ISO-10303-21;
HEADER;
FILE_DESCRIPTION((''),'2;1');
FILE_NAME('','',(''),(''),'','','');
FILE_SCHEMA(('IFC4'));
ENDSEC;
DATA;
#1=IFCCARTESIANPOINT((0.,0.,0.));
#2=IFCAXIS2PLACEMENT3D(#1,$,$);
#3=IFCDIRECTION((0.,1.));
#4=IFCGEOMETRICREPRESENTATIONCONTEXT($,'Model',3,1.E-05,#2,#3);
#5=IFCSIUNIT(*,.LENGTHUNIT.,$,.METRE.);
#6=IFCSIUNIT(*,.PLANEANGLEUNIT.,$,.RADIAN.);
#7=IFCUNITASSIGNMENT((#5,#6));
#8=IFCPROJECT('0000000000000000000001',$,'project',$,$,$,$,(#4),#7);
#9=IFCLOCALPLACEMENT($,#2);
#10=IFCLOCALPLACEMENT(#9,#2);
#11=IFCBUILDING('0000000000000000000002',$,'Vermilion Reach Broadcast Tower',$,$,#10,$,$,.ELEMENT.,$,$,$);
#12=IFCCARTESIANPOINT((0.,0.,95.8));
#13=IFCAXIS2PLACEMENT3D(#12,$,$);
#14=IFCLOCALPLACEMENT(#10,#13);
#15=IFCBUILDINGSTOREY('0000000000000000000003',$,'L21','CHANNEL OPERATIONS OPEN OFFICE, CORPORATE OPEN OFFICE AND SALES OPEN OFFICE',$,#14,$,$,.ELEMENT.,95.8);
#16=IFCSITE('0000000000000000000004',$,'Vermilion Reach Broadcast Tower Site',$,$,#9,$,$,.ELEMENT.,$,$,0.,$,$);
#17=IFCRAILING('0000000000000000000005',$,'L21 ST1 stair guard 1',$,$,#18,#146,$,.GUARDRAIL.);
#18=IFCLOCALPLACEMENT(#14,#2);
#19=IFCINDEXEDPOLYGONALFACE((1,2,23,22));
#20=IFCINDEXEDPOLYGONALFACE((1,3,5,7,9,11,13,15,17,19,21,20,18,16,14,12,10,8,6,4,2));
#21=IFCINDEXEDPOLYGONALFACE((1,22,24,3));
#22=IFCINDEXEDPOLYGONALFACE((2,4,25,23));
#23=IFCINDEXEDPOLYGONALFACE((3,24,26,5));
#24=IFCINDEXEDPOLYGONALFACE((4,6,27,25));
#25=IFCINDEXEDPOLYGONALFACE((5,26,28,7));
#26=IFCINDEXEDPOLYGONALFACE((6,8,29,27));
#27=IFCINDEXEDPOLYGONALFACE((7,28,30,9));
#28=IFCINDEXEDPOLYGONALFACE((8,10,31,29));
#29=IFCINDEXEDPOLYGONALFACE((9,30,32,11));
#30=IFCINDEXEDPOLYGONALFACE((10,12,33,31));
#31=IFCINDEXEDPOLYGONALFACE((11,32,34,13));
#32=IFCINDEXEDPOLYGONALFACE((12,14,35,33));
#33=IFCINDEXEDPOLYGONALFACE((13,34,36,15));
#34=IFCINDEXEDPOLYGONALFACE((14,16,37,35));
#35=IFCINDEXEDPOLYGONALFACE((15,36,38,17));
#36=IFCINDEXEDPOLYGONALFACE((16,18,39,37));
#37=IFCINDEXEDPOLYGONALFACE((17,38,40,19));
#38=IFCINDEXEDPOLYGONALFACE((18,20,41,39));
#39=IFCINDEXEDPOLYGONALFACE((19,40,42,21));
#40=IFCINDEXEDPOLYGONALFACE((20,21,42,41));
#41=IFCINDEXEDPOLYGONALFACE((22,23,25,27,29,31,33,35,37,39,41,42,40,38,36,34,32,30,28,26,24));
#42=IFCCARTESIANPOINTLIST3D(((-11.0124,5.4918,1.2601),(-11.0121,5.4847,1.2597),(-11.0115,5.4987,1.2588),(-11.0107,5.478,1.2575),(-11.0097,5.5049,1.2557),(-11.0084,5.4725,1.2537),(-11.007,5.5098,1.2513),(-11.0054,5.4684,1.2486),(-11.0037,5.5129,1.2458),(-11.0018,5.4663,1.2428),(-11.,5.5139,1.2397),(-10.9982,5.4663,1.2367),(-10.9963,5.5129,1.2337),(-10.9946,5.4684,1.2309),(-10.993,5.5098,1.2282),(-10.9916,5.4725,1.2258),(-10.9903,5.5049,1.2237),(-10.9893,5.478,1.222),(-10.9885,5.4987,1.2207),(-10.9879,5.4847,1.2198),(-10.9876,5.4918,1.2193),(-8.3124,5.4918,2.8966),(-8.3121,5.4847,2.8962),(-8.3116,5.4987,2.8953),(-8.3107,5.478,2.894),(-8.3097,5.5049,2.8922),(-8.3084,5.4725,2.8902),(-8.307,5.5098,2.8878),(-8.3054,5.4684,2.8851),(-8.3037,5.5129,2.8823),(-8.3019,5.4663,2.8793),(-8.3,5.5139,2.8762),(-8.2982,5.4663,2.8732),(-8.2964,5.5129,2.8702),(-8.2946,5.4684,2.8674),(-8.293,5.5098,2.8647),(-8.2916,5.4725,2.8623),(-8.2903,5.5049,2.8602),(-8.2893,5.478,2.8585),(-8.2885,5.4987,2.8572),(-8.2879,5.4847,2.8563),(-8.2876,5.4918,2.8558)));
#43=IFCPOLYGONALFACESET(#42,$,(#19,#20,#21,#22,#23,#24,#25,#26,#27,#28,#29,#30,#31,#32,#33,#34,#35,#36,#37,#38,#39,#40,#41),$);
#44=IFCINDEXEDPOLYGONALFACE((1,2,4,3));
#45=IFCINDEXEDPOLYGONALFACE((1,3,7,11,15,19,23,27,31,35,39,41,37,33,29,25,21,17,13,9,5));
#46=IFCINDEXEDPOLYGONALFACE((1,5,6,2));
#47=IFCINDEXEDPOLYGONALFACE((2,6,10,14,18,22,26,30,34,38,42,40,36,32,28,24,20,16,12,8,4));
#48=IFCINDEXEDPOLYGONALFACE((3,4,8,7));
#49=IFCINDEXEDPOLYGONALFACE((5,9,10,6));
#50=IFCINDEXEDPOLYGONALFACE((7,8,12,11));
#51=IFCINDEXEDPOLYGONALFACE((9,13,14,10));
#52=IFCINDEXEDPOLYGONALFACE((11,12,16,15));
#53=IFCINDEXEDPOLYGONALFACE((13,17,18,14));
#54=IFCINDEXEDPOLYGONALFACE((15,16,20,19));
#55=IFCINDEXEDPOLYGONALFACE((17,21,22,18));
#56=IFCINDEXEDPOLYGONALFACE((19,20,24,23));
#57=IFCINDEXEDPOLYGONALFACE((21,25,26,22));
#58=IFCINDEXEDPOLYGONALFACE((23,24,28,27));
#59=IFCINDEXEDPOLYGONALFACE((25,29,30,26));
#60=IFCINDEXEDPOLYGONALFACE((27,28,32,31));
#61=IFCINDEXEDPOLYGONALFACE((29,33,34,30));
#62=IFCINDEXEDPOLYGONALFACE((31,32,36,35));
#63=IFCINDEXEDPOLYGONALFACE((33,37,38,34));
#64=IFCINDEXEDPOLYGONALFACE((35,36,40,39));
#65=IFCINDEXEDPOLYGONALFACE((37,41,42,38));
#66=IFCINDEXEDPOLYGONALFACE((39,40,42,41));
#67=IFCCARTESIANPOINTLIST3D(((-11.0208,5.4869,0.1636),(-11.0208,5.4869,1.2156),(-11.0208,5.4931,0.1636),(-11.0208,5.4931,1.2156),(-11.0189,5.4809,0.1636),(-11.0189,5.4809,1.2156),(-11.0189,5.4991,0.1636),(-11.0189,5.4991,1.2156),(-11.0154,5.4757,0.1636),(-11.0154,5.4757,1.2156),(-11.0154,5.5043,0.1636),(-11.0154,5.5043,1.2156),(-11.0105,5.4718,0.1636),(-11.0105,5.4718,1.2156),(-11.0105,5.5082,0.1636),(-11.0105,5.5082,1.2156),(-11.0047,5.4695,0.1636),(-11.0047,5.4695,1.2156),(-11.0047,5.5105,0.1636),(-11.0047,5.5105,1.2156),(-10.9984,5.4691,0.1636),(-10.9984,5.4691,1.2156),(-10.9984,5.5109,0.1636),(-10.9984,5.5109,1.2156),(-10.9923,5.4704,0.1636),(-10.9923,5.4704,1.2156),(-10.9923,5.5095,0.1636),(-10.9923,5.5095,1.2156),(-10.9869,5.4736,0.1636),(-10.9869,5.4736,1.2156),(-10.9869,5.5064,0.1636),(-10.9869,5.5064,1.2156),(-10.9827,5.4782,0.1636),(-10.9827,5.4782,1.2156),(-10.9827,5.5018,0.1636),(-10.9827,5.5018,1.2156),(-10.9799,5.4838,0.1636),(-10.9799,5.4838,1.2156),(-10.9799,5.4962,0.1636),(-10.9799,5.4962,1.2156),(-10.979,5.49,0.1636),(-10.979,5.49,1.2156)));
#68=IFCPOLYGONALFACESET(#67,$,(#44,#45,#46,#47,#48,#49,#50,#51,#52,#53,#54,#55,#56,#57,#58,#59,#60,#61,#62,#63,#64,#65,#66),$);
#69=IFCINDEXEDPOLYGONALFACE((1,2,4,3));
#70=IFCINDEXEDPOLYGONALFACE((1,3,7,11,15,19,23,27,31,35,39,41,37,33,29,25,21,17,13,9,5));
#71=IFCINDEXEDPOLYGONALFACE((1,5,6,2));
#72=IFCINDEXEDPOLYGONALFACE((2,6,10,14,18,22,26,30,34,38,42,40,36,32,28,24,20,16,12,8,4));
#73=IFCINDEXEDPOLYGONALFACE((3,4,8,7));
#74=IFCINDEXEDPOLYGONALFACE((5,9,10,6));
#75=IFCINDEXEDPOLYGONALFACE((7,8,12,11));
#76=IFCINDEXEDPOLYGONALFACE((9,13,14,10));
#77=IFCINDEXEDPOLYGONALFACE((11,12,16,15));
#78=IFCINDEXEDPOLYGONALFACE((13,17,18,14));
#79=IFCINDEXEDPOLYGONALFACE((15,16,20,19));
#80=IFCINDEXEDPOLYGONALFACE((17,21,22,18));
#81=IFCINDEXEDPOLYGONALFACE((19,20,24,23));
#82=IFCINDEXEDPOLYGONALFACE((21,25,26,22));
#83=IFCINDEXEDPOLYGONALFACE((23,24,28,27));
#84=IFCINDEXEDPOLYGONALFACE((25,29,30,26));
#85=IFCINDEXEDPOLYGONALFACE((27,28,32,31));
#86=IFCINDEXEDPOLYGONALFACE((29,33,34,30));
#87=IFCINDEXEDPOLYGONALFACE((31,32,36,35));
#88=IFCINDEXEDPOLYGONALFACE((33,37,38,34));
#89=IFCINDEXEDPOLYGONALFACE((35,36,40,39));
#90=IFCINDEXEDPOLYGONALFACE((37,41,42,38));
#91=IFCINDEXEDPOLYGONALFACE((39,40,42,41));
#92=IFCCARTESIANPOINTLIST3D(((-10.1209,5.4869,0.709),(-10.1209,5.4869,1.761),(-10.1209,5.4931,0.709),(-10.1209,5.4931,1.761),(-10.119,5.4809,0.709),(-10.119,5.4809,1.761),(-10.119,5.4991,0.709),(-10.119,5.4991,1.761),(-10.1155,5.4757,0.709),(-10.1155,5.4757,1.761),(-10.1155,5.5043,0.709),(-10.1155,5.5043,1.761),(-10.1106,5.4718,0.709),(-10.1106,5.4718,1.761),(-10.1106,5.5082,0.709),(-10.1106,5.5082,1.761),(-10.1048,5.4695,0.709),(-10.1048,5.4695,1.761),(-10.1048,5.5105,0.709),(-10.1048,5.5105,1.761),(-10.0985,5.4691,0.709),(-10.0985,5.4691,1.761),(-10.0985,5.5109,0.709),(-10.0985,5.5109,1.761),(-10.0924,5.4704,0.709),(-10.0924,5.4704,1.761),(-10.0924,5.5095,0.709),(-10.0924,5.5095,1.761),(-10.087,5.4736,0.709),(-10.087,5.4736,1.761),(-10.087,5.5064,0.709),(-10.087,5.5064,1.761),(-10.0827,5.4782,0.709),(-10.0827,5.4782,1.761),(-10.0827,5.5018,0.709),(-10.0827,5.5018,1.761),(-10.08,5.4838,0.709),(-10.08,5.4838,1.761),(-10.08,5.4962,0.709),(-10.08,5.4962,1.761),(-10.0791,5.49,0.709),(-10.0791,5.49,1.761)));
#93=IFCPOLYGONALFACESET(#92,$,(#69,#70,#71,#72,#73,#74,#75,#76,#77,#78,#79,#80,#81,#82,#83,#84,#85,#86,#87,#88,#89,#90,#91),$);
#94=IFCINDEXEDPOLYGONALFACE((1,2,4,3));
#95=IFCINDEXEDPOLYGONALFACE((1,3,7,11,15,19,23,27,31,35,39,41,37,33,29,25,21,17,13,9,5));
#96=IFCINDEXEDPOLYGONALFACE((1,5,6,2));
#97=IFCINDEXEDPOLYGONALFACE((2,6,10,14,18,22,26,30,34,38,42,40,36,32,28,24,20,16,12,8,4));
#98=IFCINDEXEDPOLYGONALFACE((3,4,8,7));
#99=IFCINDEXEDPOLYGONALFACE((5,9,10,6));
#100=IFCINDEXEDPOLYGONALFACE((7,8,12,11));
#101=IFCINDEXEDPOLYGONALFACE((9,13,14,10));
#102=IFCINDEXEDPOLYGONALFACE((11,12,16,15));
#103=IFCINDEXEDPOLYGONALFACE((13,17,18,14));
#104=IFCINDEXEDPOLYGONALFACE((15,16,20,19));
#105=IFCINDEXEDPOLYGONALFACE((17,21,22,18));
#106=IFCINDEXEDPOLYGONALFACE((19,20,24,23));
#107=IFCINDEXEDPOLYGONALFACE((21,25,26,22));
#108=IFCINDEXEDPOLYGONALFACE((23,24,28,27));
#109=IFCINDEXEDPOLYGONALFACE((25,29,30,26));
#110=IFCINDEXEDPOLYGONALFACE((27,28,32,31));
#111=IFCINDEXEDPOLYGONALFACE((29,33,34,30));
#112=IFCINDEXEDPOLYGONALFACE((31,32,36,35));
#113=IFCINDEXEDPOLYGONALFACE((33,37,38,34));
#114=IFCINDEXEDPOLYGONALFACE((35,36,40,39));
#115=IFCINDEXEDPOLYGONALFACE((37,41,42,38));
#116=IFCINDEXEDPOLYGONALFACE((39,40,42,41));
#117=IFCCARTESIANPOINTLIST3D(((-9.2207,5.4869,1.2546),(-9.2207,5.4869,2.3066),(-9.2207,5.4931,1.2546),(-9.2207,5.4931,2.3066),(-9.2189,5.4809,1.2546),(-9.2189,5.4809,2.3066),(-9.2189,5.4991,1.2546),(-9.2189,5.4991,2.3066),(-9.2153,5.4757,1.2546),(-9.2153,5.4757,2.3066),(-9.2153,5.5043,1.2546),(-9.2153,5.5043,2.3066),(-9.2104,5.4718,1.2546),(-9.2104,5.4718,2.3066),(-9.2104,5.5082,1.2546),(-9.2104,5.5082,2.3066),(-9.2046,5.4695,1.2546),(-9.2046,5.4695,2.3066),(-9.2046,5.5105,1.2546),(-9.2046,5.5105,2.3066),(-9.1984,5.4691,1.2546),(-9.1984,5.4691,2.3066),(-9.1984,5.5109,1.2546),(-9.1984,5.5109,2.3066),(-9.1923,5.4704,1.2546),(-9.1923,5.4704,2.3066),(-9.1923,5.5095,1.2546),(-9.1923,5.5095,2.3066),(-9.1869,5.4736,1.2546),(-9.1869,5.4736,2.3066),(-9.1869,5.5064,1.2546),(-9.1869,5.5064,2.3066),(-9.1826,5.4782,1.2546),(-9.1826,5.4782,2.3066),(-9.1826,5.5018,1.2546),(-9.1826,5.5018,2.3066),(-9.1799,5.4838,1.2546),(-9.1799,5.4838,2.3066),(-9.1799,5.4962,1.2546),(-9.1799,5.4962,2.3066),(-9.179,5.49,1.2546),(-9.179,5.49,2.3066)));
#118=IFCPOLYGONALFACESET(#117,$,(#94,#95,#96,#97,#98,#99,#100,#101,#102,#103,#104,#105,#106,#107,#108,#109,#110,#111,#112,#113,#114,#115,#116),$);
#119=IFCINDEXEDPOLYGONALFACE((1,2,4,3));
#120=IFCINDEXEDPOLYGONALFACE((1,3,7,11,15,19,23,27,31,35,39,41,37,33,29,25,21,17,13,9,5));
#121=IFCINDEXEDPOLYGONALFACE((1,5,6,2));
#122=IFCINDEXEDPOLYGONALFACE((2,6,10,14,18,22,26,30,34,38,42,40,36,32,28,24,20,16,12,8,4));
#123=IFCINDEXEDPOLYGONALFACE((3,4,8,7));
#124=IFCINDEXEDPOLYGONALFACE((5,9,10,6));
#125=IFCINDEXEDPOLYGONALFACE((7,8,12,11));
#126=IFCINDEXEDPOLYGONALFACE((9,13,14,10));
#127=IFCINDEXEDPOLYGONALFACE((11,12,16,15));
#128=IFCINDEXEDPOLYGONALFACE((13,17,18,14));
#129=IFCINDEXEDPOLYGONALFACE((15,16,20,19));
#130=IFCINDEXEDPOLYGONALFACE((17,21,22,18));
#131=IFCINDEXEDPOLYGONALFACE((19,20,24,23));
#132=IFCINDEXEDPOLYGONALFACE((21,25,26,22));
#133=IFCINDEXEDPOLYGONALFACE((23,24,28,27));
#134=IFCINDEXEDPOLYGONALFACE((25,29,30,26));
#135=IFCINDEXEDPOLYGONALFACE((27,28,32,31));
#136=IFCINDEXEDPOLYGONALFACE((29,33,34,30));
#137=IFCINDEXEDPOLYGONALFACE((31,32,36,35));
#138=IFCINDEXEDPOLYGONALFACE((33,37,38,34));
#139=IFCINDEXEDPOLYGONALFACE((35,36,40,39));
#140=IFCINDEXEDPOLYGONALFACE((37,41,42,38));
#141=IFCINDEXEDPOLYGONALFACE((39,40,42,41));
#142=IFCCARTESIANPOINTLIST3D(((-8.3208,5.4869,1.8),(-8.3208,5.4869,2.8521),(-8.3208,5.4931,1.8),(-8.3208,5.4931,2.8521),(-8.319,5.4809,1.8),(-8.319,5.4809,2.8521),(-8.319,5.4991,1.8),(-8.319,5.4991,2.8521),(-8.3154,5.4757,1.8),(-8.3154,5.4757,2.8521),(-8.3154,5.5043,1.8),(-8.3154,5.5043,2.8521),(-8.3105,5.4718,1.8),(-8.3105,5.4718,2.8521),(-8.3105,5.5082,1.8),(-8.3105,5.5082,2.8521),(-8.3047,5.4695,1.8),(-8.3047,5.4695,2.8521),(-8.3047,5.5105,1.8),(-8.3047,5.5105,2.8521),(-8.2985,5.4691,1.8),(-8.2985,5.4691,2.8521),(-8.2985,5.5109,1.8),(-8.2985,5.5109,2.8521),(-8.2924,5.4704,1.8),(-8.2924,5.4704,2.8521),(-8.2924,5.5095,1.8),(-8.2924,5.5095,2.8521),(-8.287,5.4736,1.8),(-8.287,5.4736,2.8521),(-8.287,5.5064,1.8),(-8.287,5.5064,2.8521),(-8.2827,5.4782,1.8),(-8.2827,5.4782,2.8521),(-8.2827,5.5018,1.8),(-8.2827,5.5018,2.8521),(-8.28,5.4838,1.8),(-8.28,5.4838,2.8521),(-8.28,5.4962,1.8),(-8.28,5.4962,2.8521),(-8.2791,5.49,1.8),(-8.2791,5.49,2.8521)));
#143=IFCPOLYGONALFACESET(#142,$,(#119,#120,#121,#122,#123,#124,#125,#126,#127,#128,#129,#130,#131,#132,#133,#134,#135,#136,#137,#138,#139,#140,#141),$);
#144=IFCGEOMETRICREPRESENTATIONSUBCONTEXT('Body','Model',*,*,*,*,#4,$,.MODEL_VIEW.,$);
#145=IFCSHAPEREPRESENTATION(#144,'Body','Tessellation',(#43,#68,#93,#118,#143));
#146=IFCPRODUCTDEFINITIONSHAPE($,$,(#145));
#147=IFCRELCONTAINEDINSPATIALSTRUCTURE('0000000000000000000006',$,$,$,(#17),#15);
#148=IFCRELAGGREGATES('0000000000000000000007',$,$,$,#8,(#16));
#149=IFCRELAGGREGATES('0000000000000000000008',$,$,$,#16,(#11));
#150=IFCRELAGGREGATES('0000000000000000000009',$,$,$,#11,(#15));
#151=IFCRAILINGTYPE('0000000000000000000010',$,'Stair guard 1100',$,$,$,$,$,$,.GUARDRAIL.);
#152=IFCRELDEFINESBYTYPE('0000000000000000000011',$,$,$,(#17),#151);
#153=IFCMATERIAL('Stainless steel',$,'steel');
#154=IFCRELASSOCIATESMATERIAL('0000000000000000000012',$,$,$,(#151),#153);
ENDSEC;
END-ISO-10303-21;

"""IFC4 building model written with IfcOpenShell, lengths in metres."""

from ifc_helpers import new_model, si_unit, direction, frame, origin, origin_2d, place, context, subcontext, project, spatial, circle, extrude, material, type_object, element, save


model = new_model("IFC4")

# Units and contexts
model_context = context("Model", 3, precision=1e-05, world=origin(), true_north=direction((0.0, 1.0)))
body_context = subcontext(model_context, "Body", "Model", "MODEL_VIEW")
ifc_project = project(units=[si_unit("LENGTHUNIT", "METRE"), si_unit("PLANEANGLEUNIT", "RADIAN")], contexts=[model_context])

# Site, building, storey
site_placement = place(None, origin())
site = spatial("IfcSite", under=ifc_project, at=site_placement, Name="Vermilion Reach Broadcast Tower Site", CompositionType="ELEMENT", RefElevation=0.0)
building_placement = place(site_placement, origin())
building = spatial("IfcBuilding", under=site, at=building_placement, Name="Vermilion Reach Broadcast Tower", CompositionType="ELEMENT")
storey_placement = place(building_placement, frame((0.0, 0.0, 95.8)))
storey = spatial("IfcBuildingStorey", under=building, at=storey_placement, Name="L21", Description="CHANNEL OPERATIONS OPEN OFFICE, CORPORATE OPEN OFFICE AND SALES OPEN OFFICE", CompositionType="ELEMENT", Elevation=95.8)

# Railing
ifc_material_1 = material(Name="Stainless steel", Category="steel")
railing_type_1 = type_object("IfcRailingType", Name="Stair guard 1100", PredefinedType="GUARDRAIL", material=ifc_material_1)
railing_1_placement = place(storey_placement, frame((-11.0, 5.49, 0.1636)))
element("IfcRailing", 1, at=railing_1_placement, inside=storey, type_object=railing_type_1, Name="L21 ST1 stair guard 1", PredefinedType="GUARDRAIL", context=body_context, shape_type="SweptSolid", body=[
    extrude(circle(Radius=0.0239, at=origin_2d()), frame((0.0, 0.0, 1.0762), z_axis=(0.855178, 0.0, 0.518334), x_axis=(0.0, 1.0, 0.0)), (0.0, 0.0, 1.0), 3.1572),
    extrude(circle(Radius=0.021, at=origin_2d()), origin(), (0.0, 0.0, 1.0), 1.052),
    extrude(circle(Radius=0.021, at=origin_2d()), frame((0.8999, 0.0, 0.5454)), (0.0, 0.0, 1.0), 1.052),
    extrude(circle(Radius=0.021, at=origin_2d()), frame((1.8, 0.0, 1.0911)), (0.0, 0.0, 1.0), 1.052),
    extrude(circle(Radius=0.021, at=origin_2d()), frame((2.7, 0.0, 1.6365)), (0.0, 0.0, 1.0), 1.052),
])

save(model, "model.ifc")
